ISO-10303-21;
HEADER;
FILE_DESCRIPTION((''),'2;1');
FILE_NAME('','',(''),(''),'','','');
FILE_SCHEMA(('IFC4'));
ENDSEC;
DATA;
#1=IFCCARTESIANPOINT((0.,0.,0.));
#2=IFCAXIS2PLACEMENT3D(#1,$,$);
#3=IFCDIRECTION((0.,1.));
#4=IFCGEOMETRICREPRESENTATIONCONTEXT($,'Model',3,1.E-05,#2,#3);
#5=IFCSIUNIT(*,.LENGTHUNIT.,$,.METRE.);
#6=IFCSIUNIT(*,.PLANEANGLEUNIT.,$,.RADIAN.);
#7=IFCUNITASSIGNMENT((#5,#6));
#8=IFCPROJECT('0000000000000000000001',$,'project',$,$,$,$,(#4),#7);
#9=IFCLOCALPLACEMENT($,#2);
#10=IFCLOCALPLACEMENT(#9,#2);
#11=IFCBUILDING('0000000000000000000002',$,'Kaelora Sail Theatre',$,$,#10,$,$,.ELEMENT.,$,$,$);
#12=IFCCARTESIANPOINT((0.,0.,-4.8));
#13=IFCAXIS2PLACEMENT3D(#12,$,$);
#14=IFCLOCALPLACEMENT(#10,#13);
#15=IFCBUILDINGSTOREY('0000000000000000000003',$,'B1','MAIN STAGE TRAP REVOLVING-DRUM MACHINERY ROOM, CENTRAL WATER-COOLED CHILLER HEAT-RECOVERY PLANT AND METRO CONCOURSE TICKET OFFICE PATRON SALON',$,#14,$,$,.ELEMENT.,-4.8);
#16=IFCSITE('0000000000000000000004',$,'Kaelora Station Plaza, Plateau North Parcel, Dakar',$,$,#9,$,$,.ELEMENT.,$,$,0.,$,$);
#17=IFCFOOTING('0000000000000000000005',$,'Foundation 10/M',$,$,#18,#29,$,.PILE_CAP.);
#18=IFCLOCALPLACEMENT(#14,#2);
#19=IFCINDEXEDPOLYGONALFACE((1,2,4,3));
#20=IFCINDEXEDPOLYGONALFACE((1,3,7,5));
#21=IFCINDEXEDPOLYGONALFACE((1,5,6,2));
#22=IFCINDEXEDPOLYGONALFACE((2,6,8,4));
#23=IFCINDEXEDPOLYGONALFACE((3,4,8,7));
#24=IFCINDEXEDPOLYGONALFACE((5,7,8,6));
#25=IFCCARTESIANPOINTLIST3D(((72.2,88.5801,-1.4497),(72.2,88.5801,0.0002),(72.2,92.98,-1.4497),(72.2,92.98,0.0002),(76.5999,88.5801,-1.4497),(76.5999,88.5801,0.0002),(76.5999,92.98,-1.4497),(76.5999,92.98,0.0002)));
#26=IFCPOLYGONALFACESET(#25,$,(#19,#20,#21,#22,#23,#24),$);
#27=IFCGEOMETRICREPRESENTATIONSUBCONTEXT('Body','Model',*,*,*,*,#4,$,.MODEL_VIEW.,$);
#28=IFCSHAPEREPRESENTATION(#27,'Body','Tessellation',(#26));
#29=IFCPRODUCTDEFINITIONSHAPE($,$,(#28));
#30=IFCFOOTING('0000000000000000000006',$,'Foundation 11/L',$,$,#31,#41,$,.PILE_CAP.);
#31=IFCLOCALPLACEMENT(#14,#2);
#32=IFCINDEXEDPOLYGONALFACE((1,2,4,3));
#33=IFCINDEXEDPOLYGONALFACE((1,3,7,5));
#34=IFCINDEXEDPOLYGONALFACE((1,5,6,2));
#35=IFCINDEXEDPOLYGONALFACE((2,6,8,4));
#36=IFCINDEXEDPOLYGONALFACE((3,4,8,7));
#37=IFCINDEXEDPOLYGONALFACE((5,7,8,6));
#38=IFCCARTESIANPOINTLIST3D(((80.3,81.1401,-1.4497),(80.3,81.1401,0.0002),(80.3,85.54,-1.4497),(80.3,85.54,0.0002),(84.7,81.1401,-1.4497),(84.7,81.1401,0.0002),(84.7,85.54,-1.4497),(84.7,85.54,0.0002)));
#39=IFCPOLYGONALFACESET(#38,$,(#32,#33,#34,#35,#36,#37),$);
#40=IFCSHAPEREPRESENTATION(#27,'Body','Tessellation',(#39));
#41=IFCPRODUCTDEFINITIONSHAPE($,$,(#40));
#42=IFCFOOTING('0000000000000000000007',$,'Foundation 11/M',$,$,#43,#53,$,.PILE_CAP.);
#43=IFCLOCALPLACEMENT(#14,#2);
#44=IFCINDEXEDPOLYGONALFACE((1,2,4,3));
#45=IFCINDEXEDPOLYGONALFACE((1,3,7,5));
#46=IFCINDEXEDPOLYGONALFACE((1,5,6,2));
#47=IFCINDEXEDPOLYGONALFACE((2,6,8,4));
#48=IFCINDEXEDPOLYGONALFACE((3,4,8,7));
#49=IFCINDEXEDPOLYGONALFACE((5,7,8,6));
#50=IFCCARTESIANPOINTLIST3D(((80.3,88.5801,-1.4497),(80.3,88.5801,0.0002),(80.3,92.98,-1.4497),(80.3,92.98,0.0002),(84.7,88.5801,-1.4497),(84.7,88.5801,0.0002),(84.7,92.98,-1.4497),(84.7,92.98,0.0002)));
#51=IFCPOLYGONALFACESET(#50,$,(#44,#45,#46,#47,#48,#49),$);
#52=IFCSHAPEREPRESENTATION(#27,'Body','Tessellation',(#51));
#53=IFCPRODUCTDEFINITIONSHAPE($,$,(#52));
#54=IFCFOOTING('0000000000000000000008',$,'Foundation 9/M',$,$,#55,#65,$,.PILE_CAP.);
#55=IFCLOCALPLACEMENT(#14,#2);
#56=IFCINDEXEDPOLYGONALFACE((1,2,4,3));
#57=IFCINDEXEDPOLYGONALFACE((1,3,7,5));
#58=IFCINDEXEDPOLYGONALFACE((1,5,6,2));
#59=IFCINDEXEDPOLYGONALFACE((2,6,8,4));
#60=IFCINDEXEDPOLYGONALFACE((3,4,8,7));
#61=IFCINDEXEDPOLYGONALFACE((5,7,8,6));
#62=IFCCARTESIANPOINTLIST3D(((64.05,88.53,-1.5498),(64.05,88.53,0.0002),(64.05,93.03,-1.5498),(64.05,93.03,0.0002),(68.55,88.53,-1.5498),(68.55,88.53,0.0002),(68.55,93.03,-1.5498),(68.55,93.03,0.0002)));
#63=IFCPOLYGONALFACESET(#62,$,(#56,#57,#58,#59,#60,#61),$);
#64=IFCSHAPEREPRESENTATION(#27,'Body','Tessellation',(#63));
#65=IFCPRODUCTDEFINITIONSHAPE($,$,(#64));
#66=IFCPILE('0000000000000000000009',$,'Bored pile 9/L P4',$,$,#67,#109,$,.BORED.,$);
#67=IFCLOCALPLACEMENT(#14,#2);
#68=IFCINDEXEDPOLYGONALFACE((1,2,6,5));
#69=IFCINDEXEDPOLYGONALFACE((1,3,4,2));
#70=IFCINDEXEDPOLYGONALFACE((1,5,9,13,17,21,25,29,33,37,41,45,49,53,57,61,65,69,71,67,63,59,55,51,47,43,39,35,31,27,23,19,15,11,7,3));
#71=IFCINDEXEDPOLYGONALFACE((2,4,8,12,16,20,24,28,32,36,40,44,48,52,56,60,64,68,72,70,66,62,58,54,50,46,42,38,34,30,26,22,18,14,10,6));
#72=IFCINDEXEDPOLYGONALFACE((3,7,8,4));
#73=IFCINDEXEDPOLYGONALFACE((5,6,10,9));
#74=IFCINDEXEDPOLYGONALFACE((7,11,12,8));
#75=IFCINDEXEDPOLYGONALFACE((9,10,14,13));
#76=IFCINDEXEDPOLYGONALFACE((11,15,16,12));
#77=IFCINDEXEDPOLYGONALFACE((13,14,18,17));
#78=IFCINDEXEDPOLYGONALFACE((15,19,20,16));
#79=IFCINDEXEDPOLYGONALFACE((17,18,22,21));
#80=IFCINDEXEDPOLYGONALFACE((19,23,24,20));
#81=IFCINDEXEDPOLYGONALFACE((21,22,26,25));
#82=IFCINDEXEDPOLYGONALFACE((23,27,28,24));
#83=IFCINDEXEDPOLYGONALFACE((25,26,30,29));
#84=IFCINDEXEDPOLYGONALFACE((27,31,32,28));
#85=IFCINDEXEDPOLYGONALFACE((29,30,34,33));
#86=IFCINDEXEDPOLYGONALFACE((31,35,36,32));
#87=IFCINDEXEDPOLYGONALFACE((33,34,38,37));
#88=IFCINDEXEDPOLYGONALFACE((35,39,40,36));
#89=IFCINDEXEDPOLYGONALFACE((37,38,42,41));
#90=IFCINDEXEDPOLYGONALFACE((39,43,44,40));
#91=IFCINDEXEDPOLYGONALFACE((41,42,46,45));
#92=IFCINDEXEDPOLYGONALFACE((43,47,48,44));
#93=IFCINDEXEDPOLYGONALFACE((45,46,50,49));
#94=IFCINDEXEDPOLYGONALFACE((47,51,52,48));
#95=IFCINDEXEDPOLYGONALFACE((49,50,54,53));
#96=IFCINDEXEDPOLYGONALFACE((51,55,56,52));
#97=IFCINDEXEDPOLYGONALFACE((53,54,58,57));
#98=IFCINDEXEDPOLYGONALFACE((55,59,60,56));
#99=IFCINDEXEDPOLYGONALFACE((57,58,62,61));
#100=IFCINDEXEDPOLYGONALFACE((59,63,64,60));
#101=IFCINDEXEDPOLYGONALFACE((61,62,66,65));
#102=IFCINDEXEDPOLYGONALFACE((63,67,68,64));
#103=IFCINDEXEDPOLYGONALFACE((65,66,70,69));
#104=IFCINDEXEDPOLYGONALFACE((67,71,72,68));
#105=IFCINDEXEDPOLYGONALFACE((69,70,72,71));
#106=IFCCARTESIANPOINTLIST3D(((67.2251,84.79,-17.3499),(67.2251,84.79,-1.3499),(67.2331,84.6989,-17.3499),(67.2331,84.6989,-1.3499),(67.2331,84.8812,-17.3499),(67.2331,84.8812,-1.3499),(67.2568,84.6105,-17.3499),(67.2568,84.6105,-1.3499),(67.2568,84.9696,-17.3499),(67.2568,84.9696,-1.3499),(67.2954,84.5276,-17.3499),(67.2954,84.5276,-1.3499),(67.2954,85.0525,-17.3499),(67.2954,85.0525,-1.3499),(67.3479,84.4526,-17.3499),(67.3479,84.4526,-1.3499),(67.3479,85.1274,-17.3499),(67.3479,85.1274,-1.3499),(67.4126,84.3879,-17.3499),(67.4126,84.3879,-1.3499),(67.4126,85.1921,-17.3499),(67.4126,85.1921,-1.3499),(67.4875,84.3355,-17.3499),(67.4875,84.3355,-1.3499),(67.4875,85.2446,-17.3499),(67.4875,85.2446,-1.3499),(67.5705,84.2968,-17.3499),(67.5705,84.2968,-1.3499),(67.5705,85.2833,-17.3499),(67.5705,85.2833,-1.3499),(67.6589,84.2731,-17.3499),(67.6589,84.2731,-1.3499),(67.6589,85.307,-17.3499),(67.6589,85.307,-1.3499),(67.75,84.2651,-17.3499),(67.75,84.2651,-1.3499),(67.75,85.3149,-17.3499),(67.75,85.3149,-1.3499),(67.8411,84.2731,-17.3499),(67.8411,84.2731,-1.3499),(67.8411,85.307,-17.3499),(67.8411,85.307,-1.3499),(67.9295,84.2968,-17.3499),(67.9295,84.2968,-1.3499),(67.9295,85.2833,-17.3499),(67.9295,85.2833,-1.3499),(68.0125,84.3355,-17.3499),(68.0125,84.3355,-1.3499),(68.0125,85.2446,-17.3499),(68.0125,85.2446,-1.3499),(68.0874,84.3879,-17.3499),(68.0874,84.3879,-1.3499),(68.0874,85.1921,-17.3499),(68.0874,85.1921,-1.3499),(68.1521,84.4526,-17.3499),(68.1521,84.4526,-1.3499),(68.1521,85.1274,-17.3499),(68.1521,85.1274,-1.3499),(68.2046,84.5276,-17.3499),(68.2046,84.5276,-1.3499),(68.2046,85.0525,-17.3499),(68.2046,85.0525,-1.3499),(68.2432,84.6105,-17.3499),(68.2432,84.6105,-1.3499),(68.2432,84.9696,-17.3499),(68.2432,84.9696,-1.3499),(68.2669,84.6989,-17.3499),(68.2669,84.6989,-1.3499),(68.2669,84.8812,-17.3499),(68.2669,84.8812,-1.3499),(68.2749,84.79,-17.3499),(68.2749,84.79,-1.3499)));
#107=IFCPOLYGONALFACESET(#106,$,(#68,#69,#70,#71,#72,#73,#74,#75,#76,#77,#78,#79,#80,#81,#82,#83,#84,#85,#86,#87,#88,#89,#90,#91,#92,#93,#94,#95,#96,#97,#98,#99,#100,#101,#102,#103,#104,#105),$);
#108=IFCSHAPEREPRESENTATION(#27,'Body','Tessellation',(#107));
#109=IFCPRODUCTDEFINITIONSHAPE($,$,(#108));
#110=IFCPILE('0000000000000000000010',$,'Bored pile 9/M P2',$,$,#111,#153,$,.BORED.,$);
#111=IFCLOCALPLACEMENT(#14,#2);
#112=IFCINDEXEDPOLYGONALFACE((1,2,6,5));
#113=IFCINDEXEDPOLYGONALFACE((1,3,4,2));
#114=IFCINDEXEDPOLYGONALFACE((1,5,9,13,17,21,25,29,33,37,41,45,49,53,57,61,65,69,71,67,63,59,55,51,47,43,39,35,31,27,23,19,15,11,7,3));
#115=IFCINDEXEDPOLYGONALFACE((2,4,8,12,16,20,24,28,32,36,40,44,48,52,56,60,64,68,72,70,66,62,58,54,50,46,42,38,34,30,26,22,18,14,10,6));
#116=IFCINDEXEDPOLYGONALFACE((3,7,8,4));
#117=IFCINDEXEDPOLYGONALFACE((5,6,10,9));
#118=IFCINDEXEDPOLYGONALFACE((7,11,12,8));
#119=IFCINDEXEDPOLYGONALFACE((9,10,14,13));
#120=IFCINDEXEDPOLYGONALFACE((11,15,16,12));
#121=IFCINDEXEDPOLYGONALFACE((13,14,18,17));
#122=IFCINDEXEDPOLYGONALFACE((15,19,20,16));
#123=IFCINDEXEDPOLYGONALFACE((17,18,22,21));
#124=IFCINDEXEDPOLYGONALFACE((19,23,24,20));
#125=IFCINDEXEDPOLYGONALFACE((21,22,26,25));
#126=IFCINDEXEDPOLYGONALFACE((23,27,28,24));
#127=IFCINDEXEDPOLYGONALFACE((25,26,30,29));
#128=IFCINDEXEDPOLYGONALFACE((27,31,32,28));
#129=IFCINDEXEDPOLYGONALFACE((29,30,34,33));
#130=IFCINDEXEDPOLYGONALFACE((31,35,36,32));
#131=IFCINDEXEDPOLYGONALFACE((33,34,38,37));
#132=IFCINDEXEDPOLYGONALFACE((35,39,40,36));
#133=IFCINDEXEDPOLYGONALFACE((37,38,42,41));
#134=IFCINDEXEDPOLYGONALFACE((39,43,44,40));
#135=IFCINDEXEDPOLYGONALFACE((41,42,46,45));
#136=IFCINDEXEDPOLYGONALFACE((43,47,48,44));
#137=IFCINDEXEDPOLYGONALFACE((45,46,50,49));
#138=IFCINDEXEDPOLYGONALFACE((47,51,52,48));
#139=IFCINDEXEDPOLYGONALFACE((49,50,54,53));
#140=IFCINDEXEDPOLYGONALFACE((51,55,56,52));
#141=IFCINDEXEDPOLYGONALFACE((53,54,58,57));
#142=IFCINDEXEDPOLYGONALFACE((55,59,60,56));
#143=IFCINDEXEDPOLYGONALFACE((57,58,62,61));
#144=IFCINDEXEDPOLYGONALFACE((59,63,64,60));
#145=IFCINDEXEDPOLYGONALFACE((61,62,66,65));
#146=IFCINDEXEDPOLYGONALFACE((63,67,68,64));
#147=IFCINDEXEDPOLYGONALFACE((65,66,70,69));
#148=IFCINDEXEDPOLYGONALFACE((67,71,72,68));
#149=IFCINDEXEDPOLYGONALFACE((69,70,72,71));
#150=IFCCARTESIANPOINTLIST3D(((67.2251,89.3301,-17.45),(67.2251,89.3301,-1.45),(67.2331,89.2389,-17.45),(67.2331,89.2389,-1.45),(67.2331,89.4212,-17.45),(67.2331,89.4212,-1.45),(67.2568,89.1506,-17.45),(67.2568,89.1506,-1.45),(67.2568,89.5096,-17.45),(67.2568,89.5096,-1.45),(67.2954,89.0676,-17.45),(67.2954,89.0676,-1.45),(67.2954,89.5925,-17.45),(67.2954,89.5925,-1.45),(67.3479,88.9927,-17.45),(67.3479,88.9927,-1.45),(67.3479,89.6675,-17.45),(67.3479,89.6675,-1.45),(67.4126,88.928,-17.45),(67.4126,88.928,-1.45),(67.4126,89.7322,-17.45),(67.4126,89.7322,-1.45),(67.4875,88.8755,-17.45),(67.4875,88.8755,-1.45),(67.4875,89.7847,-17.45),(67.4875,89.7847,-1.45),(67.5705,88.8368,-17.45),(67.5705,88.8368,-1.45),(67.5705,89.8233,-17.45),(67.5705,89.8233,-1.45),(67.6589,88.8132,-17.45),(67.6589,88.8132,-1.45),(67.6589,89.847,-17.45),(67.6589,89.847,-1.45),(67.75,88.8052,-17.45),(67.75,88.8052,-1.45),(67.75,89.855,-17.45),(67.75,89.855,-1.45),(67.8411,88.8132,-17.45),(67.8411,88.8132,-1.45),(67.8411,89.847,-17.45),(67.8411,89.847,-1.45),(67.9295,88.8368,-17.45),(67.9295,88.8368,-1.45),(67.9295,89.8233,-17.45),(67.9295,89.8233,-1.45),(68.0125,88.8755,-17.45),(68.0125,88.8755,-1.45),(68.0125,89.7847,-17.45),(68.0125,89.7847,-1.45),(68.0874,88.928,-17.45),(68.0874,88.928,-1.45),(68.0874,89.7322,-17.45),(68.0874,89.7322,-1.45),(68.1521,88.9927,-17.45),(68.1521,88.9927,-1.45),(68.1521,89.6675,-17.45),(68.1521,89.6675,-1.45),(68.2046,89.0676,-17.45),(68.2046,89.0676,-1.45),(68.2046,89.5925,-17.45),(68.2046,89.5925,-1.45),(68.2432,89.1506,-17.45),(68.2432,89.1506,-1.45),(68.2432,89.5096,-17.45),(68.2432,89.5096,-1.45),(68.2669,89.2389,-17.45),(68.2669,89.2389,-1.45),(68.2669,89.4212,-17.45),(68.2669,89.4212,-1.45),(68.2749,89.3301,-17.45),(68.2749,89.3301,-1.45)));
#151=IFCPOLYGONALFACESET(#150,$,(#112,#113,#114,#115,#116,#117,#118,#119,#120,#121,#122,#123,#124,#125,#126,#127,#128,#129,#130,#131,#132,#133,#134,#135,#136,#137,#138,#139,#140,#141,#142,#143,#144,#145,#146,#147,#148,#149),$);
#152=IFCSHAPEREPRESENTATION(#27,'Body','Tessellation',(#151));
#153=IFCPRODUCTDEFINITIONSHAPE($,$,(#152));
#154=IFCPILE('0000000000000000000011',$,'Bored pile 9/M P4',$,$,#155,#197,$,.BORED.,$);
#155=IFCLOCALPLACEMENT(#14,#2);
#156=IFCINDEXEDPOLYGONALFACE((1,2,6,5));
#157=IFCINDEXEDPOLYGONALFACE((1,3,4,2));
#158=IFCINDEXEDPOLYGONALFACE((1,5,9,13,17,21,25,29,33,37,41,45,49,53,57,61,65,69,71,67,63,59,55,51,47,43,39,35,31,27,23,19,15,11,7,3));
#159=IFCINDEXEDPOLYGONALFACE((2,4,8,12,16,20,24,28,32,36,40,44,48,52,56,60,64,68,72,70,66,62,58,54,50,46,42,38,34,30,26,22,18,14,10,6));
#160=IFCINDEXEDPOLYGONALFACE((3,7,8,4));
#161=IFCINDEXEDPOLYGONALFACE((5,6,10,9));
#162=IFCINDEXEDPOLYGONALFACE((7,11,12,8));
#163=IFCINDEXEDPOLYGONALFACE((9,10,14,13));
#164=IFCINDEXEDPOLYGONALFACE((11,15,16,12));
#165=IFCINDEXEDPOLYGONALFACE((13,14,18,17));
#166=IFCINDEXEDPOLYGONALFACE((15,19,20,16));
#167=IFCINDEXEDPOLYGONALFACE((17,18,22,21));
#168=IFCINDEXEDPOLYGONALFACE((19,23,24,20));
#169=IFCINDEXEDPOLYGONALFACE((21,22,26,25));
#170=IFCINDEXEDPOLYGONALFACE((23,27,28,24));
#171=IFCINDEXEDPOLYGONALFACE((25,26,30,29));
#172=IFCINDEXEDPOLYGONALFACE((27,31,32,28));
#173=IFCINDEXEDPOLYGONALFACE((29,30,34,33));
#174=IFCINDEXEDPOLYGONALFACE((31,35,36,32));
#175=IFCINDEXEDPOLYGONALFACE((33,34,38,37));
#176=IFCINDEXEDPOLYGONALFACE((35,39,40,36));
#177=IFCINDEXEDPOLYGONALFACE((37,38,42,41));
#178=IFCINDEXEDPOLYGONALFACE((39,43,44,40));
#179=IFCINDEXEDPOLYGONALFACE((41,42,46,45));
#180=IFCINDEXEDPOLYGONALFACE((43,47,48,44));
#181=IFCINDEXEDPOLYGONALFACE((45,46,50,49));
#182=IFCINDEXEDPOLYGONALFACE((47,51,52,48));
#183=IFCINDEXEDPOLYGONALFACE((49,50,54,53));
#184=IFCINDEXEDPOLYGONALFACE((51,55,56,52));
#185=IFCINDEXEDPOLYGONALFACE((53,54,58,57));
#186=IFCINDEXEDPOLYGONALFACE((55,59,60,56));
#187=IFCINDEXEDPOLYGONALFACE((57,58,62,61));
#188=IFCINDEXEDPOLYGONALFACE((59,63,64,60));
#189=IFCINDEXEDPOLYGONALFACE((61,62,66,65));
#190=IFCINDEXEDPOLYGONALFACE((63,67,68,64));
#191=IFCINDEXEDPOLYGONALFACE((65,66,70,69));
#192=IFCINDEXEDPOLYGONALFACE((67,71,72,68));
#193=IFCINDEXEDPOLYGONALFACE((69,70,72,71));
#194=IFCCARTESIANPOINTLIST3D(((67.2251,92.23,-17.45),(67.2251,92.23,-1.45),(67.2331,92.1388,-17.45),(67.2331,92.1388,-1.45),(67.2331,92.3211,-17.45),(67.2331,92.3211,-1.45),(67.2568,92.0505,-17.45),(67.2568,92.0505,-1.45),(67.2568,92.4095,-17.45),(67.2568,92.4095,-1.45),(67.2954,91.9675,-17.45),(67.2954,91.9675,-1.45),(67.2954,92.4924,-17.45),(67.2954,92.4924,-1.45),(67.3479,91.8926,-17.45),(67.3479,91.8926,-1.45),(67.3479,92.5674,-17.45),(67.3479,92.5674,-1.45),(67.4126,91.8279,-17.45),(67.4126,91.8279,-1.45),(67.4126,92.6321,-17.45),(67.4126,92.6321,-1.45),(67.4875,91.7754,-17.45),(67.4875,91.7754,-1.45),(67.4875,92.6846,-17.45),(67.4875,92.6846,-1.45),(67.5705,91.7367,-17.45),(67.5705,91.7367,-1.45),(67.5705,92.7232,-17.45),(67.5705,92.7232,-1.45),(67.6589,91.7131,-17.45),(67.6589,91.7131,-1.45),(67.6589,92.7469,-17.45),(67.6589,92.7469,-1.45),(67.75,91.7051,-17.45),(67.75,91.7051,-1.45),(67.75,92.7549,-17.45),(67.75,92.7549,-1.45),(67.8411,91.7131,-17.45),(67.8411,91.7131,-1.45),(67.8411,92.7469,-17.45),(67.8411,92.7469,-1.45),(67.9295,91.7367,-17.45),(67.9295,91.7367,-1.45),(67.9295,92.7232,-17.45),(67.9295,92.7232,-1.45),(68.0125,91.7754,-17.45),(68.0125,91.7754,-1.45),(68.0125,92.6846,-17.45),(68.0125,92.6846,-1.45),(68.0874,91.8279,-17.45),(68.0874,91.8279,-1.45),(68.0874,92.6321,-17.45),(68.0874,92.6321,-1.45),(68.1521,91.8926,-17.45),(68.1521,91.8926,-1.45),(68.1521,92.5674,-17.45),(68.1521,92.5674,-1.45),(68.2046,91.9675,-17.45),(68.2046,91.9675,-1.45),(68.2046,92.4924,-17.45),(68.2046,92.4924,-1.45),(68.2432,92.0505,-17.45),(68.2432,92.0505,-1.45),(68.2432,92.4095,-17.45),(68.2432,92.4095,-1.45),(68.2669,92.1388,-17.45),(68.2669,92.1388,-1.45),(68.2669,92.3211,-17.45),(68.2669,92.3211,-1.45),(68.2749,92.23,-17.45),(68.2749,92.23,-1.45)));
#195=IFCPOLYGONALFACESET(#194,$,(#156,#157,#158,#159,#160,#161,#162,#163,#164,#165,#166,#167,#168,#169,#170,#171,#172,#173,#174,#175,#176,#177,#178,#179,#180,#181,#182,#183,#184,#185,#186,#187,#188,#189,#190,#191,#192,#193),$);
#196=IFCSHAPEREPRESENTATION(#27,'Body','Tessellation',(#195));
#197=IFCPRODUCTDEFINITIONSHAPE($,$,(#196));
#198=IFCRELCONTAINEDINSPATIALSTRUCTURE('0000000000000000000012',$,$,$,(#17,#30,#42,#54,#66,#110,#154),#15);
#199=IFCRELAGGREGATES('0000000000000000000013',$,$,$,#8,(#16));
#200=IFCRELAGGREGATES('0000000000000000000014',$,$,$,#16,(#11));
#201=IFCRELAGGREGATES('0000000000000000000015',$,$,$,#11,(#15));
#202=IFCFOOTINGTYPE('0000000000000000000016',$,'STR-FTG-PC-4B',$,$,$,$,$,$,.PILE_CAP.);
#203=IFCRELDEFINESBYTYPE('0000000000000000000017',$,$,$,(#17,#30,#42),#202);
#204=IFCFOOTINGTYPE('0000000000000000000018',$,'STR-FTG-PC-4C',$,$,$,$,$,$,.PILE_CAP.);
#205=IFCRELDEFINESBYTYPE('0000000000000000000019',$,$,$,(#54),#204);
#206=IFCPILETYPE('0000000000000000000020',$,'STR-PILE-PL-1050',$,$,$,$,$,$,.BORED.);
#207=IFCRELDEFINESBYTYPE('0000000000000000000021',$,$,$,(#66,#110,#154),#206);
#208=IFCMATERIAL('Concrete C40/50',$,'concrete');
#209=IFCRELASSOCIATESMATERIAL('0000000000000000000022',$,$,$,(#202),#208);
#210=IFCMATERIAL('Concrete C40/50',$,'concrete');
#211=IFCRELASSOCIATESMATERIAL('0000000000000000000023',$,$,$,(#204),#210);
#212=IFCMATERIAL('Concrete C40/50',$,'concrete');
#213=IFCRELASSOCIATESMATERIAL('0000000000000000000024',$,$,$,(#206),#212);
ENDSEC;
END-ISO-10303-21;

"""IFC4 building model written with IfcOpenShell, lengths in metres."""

from ifc_helpers import new_model, si_unit, direction, frame, origin, origin_2d, place, context, subcontext, project, spatial, rectangle, circle, extrude, material, material_profile, profile_set, type_object, element, save


model = new_model("IFC4")

# Units and contexts
model_context = context("Model", 3, precision=1e-05, world=origin(), true_north=direction((0.0, 1.0)))
body_context = subcontext(model_context, "Body", "Model", "MODEL_VIEW")
ifc_project = project(units=[si_unit("LENGTHUNIT", "METRE"), si_unit("PLANEANGLEUNIT", "RADIAN")], contexts=[model_context])

# Site, building, storey
site_placement = place(None, origin())
site = spatial("IfcSite", under=ifc_project, at=site_placement, Name="Kaelora Station Plaza, Plateau North Parcel, Dakar", CompositionType="ELEMENT", RefElevation=0.0)
building_placement = place(site_placement, origin())
building = spatial("IfcBuilding", under=site, at=building_placement, Name="Kaelora Sail Theatre", CompositionType="ELEMENT")
storey_placement = place(building_placement, frame((0.0, 0.0, -4.8)))
storey = spatial("IfcBuildingStorey", under=building, at=storey_placement, Name="B1", Description="MAIN STAGE TRAP REVOLVING-DRUM MACHINERY ROOM, CENTRAL WATER-COOLED CHILLER HEAT-RECOVERY PLANT AND METRO CONCOURSE TICKET OFFICE PATRON SALON", CompositionType="ELEMENT", Elevation=-4.8)

# Footings
ifc_material_1 = material(Name="Concrete C40/50", Category="concrete")
footing_type_1 = type_object("IfcFootingType", Name="STR-FTG-PC-4B", PredefinedType="PILE_CAP", material=ifc_material_1)
for number, where, z_axis, x_axis, name in (
    (1, (74.3999, 90.78, -1.4497), (0.0, 0.0, 1.0), (1.0, 0.0, 0.0), "Foundation 10/M"),
    (2, (82.5, 83.3401, -1.4497), (0.0, 0.0, 1.0), (1.0, 0.0, 0.0), "Foundation 11/L"),
    (3, (82.5, 90.78, -1.4497), (0.0, 0.0, 1.0), (1.0, 0.0, 0.0), "Foundation 11/M"),
):
    element("IfcFooting", number, at=place(storey_placement, frame(where, z_axis=z_axis, x_axis=x_axis)), inside=storey, type_object=footing_type_1, Name=name, PredefinedType="PILE_CAP", context=body_context, shape_type="SweptSolid", body=[
        extrude(rectangle(XDim=4.3999, YDim=4.3999, at=origin_2d()), origin(), (0.0, 0.0, 1.0), 1.45),
    ])
ifc_material_2 = material(Name="Concrete C40/50", Category="concrete")
footing_type_2 = type_object("IfcFootingType", Name="STR-FTG-PC-4C", PredefinedType="PILE_CAP", material=ifc_material_2)
footing_placement = place(storey_placement, frame((66.3, 90.78, -1.5498), z_axis=(0.0, 0.0, 1.0), x_axis=(1.0, 0.0, 0.0)))
element("IfcFooting", 4, at=footing_placement, inside=storey, type_object=footing_type_2, Name="Foundation 9/M", PredefinedType="PILE_CAP", context=body_context, shape_type="SweptSolid", body=[
    extrude(rectangle(XDim=4.5, YDim=4.5, at=origin_2d()), origin(), (0.0, 0.0, 1.0), 1.55),
])

# Piles
ifc_material_3 = material(Name="Concrete C40/50", Category="concrete")
ifc_material_profile_1 = material_profile(ifc_material_3, circle(Radius=0.5249, at=origin_2d()), Name="PILE D1050")
ifc_profile_set_1 = profile_set([ifc_material_profile_1], Name="Concrete C40/50")
pile_type = type_object("IfcPileType", Name="STR-PILE-PL-1050", PredefinedType="BORED", material=ifc_profile_set_1)
for number, where, z_axis, x_axis, name in (
    (5, (67.75, 84.79, -1.3499), (0.0, 0.0, -1.0), (1.0, 0.0, 0.0), "Bored pile 9/L P4"),
    (6, (67.75, 89.3301, -1.45), (0.0, 0.0, -1.0), (1.0, 0.0, 0.0), "Bored pile 9/M P2"),
    (7, (67.75, 92.23, -1.45), (0.0, 0.0, -1.0), (1.0, 0.0, 0.0), "Bored pile 9/M P4"),
):
    element("IfcPile", number, at=place(storey_placement, frame(where, z_axis=z_axis, x_axis=x_axis)), inside=storey, type_object=pile_type, Name=name, PredefinedType="BORED", context=body_context, shape_type="SweptSolid", body=[
        extrude(circle(Radius=0.5249, at=origin_2d()), origin(), (0.0, 0.0, 1.0), 16.0),
    ])

save(model, "model.ifc")
